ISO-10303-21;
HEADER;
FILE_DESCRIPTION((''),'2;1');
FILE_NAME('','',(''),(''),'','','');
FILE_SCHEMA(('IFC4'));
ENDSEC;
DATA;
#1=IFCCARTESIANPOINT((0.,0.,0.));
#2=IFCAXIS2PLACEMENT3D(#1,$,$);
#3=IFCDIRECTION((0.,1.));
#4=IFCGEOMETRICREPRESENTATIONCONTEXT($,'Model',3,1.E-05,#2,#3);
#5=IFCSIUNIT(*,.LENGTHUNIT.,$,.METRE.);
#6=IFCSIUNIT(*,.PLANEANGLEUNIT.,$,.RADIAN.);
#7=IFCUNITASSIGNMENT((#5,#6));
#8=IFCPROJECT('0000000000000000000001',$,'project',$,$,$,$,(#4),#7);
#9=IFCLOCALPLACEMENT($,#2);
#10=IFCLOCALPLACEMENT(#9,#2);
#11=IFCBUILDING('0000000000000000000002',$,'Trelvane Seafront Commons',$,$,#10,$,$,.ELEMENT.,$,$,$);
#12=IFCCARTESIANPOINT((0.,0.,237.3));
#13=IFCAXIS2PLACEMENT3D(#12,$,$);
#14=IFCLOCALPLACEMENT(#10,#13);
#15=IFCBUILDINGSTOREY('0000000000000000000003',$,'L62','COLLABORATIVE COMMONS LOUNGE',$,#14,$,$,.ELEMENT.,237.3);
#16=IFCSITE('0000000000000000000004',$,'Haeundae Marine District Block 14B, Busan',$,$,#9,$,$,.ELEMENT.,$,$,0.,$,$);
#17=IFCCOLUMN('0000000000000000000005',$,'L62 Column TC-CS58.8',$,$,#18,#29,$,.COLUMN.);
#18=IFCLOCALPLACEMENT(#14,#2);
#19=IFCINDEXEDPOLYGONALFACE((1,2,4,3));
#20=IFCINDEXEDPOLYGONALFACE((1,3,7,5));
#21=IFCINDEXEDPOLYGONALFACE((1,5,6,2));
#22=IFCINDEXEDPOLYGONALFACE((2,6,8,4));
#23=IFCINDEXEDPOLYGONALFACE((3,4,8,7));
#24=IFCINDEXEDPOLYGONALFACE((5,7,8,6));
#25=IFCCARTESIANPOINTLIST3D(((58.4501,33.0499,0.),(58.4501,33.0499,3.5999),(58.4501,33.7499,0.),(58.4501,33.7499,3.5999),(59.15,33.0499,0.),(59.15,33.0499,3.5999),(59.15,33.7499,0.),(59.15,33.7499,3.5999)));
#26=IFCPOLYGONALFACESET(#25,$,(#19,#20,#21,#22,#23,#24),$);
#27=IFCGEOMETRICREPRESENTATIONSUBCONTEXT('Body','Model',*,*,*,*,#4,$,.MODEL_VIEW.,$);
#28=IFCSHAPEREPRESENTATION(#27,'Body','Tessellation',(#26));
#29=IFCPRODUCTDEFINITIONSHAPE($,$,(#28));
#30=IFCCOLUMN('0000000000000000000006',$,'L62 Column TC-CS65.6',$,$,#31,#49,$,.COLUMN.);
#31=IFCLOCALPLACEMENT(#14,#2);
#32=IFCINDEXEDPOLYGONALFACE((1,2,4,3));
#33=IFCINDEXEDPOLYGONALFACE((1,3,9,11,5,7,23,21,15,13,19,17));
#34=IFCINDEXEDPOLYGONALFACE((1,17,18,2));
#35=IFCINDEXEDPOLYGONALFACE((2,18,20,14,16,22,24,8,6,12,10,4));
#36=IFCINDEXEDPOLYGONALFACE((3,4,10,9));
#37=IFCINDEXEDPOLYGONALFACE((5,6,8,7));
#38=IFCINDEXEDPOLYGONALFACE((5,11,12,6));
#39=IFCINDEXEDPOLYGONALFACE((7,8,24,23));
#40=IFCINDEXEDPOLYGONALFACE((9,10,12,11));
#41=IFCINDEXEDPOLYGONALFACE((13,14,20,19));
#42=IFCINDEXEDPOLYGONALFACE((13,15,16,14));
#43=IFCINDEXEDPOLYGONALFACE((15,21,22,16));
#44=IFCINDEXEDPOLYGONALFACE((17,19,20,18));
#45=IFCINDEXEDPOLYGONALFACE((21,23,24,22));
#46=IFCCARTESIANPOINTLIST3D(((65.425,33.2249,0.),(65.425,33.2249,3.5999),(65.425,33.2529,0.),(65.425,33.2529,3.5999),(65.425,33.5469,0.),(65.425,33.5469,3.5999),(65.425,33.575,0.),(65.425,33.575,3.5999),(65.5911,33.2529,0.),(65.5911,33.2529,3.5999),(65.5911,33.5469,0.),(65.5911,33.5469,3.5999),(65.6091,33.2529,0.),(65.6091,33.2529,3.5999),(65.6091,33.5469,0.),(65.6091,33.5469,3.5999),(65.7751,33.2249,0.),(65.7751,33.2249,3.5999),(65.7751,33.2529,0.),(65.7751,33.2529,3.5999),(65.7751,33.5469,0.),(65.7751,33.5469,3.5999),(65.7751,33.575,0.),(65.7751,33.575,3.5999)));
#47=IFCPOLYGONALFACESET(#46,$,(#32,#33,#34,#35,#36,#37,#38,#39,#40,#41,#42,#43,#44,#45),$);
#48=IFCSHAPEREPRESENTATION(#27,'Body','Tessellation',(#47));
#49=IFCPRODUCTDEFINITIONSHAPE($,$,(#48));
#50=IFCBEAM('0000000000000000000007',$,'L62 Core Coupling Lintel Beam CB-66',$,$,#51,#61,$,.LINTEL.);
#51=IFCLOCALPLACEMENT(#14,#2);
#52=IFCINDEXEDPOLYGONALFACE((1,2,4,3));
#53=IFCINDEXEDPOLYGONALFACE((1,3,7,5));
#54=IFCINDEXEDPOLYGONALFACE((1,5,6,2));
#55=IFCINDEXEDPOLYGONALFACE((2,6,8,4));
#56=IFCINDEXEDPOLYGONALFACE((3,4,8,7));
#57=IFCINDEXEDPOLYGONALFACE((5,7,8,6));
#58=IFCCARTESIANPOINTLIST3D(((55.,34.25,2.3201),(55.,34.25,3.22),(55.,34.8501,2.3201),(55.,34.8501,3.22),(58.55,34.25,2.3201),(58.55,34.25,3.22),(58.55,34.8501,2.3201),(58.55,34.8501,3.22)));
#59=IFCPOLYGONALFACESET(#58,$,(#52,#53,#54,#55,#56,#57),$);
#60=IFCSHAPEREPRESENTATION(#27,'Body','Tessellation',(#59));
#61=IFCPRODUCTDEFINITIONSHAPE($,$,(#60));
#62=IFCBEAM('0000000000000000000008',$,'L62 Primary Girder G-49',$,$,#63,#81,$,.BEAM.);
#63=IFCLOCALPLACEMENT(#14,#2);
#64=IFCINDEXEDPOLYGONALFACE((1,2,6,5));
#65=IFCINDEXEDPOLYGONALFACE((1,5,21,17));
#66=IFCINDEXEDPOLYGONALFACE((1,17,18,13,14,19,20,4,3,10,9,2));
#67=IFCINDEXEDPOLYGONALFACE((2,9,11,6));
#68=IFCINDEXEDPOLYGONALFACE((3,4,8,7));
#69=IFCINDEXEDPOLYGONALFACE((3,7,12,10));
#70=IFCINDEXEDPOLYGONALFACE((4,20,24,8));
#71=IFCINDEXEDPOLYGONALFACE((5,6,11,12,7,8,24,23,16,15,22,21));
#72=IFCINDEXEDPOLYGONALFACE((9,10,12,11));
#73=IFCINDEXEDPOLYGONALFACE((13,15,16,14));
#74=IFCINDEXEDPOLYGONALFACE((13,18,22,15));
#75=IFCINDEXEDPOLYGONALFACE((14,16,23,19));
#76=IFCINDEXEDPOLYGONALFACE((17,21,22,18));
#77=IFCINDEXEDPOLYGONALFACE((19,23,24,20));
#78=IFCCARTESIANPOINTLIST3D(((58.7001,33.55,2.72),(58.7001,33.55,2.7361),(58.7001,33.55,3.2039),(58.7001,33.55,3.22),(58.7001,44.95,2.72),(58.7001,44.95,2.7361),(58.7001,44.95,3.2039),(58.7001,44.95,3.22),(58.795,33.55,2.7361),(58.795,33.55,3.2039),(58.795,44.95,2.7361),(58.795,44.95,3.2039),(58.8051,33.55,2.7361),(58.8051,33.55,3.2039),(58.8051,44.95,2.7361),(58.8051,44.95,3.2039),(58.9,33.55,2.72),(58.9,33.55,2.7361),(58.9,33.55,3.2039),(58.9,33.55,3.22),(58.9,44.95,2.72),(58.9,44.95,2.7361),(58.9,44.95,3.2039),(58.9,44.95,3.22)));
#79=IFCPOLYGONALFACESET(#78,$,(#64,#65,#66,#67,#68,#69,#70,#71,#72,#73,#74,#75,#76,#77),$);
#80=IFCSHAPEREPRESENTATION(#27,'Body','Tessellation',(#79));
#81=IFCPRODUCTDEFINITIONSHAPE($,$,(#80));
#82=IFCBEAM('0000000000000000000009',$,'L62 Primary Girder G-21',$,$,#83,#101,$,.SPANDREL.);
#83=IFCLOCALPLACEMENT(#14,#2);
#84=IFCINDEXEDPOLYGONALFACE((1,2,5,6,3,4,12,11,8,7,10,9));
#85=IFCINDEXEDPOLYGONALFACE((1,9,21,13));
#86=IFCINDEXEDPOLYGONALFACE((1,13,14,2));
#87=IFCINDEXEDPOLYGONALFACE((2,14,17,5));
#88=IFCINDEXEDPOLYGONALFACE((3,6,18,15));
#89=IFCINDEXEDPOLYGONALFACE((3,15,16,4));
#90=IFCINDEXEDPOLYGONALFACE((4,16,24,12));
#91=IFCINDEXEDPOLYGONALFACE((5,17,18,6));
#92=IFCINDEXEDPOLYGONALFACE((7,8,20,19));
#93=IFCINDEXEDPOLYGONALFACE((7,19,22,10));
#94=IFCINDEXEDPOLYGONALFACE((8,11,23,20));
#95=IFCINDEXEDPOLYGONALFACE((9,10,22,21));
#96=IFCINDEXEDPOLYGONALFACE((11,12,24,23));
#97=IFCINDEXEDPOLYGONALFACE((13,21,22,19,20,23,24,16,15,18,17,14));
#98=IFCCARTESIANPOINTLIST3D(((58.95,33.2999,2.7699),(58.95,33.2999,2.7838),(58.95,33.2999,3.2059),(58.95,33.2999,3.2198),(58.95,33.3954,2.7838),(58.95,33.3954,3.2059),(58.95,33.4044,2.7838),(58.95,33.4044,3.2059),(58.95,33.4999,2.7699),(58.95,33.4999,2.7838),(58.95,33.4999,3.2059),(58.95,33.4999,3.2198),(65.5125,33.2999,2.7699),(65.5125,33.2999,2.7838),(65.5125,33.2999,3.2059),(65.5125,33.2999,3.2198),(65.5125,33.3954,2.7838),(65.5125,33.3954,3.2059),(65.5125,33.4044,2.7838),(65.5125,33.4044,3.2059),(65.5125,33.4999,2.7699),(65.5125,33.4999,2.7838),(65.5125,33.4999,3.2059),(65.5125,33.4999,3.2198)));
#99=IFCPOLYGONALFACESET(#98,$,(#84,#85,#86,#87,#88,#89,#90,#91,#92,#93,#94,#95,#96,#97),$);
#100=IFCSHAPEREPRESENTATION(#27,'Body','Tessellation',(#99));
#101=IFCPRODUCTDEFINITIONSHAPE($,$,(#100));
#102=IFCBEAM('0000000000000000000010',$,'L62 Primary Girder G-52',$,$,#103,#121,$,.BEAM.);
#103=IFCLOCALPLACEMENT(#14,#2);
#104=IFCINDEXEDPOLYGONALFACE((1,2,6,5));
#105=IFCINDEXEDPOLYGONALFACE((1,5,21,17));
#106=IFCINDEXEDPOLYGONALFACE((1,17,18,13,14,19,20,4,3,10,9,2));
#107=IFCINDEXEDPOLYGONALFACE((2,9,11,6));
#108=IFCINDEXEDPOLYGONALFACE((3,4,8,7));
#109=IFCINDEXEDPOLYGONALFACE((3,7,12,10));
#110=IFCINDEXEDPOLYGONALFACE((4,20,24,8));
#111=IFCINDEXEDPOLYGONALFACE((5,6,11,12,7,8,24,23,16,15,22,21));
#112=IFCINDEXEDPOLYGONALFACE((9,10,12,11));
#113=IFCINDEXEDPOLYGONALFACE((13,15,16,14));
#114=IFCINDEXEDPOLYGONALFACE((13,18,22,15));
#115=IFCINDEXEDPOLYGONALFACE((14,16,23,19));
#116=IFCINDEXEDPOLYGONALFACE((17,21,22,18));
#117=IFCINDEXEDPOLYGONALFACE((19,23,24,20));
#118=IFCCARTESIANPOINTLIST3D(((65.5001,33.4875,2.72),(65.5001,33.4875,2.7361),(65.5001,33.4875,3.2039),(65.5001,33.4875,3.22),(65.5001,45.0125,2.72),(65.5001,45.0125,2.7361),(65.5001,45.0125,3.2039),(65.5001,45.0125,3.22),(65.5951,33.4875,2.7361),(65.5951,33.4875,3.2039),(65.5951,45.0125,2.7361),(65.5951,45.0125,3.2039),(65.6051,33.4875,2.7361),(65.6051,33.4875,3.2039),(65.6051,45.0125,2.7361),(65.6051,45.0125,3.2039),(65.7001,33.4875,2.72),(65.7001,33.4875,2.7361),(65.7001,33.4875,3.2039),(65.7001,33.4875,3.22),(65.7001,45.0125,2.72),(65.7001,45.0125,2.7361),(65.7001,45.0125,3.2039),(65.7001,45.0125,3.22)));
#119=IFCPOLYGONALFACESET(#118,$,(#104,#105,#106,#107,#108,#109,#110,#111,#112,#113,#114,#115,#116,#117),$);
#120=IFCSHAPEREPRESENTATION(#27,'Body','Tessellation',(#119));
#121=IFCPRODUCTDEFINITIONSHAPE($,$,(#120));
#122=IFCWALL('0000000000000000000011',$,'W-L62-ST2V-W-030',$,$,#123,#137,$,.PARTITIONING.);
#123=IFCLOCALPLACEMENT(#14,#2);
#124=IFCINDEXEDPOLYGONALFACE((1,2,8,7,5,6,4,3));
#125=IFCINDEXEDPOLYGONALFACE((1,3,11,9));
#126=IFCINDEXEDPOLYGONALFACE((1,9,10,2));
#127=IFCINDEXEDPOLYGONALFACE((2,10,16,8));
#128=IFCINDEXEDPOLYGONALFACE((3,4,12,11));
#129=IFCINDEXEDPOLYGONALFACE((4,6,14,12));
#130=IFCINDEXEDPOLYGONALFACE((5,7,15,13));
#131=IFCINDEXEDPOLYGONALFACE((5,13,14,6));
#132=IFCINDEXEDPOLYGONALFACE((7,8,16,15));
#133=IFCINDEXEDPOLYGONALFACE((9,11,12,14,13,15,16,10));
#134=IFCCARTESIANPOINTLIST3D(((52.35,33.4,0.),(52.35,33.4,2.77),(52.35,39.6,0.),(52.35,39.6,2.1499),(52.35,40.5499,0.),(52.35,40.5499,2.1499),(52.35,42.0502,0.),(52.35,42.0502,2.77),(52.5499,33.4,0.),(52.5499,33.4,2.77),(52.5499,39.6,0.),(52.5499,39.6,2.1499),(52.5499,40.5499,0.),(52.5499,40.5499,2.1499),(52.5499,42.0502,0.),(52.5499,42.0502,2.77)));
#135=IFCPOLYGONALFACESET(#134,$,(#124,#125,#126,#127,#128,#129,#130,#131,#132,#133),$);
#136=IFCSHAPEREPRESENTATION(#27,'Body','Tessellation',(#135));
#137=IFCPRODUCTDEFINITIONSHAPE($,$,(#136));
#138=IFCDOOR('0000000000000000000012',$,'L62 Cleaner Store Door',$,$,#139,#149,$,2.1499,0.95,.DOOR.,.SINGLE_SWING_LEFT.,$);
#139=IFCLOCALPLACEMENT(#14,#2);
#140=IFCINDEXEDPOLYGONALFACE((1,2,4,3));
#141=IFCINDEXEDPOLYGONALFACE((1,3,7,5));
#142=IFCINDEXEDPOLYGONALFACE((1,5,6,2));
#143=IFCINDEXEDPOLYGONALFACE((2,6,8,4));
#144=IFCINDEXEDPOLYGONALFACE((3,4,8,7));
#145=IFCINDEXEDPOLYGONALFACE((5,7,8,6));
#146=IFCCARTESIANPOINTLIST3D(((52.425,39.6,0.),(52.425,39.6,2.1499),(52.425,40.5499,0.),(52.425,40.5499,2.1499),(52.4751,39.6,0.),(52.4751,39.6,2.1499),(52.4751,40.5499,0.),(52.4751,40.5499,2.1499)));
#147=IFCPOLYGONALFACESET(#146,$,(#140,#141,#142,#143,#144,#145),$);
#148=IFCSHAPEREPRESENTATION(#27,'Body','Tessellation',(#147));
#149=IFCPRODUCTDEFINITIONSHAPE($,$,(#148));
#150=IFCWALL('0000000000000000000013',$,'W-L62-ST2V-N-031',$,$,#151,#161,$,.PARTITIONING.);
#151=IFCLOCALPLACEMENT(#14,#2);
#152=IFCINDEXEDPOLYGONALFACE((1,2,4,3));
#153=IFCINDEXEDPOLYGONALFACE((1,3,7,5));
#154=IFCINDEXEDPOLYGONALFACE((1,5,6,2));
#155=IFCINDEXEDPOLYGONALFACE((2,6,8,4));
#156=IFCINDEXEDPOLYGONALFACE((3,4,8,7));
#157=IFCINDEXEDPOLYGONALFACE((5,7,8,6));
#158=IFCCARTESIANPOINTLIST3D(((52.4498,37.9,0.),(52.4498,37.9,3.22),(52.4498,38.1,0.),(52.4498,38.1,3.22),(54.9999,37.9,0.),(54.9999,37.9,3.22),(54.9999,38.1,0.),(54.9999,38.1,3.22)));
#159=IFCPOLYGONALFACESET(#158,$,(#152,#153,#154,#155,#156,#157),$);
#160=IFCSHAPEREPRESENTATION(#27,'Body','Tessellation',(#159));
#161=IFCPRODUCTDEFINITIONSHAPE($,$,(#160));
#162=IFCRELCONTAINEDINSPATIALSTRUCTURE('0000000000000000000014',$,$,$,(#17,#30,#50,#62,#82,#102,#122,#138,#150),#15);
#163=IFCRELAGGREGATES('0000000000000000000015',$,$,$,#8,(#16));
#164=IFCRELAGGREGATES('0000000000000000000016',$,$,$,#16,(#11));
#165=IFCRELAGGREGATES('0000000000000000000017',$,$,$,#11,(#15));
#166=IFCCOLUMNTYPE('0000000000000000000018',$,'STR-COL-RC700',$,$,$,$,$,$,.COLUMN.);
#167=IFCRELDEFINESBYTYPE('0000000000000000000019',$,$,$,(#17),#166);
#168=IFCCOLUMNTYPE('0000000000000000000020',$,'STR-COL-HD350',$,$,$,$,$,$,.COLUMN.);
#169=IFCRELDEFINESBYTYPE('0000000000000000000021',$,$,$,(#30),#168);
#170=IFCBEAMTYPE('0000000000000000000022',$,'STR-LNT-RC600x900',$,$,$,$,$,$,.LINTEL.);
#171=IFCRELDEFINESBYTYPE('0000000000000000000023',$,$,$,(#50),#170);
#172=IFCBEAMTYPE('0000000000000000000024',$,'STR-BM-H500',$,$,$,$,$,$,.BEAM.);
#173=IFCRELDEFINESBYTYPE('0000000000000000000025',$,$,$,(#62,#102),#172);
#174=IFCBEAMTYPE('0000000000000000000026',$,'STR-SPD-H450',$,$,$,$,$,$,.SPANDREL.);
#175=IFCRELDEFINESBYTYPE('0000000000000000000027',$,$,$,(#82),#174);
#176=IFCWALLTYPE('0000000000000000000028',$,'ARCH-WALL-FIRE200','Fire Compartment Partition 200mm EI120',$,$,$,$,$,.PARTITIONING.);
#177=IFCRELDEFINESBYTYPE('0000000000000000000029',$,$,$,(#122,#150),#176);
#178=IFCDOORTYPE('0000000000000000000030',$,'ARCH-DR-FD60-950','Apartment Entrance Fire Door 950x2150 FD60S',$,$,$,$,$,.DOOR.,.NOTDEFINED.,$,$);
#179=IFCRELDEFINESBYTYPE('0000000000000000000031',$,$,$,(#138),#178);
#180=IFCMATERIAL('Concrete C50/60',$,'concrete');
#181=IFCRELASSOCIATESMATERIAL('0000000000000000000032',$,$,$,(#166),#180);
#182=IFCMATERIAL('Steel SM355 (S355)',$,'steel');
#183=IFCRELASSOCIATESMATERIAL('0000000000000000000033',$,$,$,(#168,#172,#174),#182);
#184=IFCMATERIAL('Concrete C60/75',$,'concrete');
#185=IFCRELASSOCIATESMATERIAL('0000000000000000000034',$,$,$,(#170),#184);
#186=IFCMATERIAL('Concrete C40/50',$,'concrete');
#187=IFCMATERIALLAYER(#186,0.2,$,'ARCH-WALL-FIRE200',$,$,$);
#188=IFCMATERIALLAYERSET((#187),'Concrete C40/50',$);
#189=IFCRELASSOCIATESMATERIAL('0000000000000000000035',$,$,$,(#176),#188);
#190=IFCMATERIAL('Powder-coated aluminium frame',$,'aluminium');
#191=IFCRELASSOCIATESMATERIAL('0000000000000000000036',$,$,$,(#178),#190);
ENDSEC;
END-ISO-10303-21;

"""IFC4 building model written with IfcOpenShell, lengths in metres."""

from ifc_helpers import new_model, si_unit, direction, frame, frame_2d, origin, origin_2d, place, context, subcontext, project, spatial, rectangle, i_section, extrude, source, transform, mapped, material, layer, layer_set, material_profile, profile_set, type_object, element, fill, save


model = new_model("IFC4")

# Units and contexts
model_context = context("Model", 3, precision=1e-05, world=origin(), true_north=direction((0.0, 1.0)))
body_context = subcontext(model_context, "Body", "Model", "MODEL_VIEW")
ifc_project = project(units=[si_unit("LENGTHUNIT", "METRE"), si_unit("PLANEANGLEUNIT", "RADIAN")], contexts=[model_context])

# Site, building, storey
site_placement = place(None, origin())
site = spatial("IfcSite", under=ifc_project, at=site_placement, Name="Haeundae Marine District Block 14B, Busan", CompositionType="ELEMENT", RefElevation=0.0)
building_placement = place(site_placement, origin())
building = spatial("IfcBuilding", under=site, at=building_placement, Name="Trelvane Seafront Commons", CompositionType="ELEMENT")
storey_placement = place(building_placement, frame((0.0, 0.0, 237.3)))
storey = spatial("IfcBuildingStorey", under=building, at=storey_placement, Name="L62", Description="COLLABORATIVE COMMONS LOUNGE", CompositionType="ELEMENT", Elevation=237.3)

# Columns
ifc_material_1 = material(Name="Concrete C50/60", Category="concrete")
ifc_material_profile_1 = material_profile(ifc_material_1, rectangle(XDim=0.7, YDim=0.7, at=origin_2d()), Name="RC-700x700")
ifc_profile_set_1 = profile_set([ifc_material_profile_1], Name="Concrete C50/60")
column_type_1 = type_object("IfcColumnType", Name="STR-COL-RC700", PredefinedType="COLUMN", material=ifc_profile_set_1)
shared_shape_1 = source(origin(), body_context, "Body", "SweptSolid", [
    extrude(rectangle(XDim=0.7, YDim=0.7, at=origin_2d()), origin(), (0.0, 0.0, 1.0), 3.5999),
])
column_1_placement = place(storey_placement, frame((58.8, 33.3999, 0.0), z_axis=(0.0, 0.0, 1.0), x_axis=(1.0, 0.0, 0.0)))
element("IfcColumn", 1, at=column_1_placement, inside=storey, type_object=column_type_1, Name="L62 Column TC-CS58.8", PredefinedType="COLUMN", context=body_context, shape_type="MappedRepresentation", body=[
    mapped(shared_shape_1, transform((0.0, 0.0, 0.0), x_axis=(1.0, 0.0, 0.0), y_axis=(0.0, 1.0, 0.0), z_axis=(0.0, 0.0, 1.0), scale=1.0)),
])
ifc_material_2 = material(Name="Steel SM355 (S355)", Category="steel")
ifc_material_profile_2 = material_profile(ifc_material_2, i_section(OverallWidth=0.3501, OverallDepth=0.3501, WebThickness=0.0181, FlangeThickness=0.0281, at=origin_2d()), Name="HD-350x350x18x28")
ifc_profile_set_2 = profile_set([ifc_material_profile_2], Name="Steel SM355 (S355)")
column_type_2 = type_object("IfcColumnType", Name="STR-COL-HD350", PredefinedType="COLUMN", material=ifc_profile_set_2)
shared_shape_2 = source(origin(), body_context, "Body", "SweptSolid", [
    extrude(i_section(OverallWidth=0.3501, OverallDepth=0.3501, WebThickness=0.0181, FlangeThickness=0.0281, at=origin_2d()), origin(), (0.0, 0.0, 1.0), 3.5999),
])
column_2_placement = place(storey_placement, frame((65.6001, 33.3999, 0.0), z_axis=(0.0, 0.0, 1.0), x_axis=(1.0, 0.0, 0.0)))
element("IfcColumn", 2, at=column_2_placement, inside=storey, type_object=column_type_2, Name="L62 Column TC-CS65.6", PredefinedType="COLUMN", context=body_context, shape_type="MappedRepresentation", body=[
    mapped(shared_shape_2, transform((0.0, 0.0, 0.0), x_axis=(1.0, 0.0, 0.0), y_axis=(0.0, 1.0, 0.0), z_axis=(0.0, 0.0, 1.0), scale=1.0)),
])

# Beams
ifc_material_3 = material(Name="Concrete C60/75", Category="concrete")
ifc_material_profile_3 = material_profile(ifc_material_3, rectangle(XDim=0.6001, YDim=0.8999, at=origin_2d()), Name="RC-600x900")
ifc_profile_set_3 = profile_set([ifc_material_profile_3], Name="Concrete C60/75")
beam_type_1 = type_object("IfcBeamType", Name="STR-LNT-RC600x900", PredefinedType="LINTEL", material=ifc_profile_set_3)
shared_shape_3 = source(origin(), body_context, "Body", "SweptSolid", [
    extrude(rectangle(XDim=0.6001, YDim=0.8999, at=origin_2d()), origin(), (0.0, 0.0, 1.0), 3.55),
])
beam_1_placement = place(storey_placement, frame((55.0, 34.55, 2.77), z_axis=(1.0, 0.0, 0.0), x_axis=(0.0, 1.0, 0.0)))
element("IfcBeam", 3, at=beam_1_placement, inside=storey, type_object=beam_type_1, Name="L62 Core Coupling Lintel Beam CB-66", PredefinedType="LINTEL", context=body_context, shape_type="MappedRepresentation", body=[
    mapped(shared_shape_3, transform((0.0, 0.0, 0.0), x_axis=(1.0, 0.0, 0.0), y_axis=(0.0, 1.0, 0.0), z_axis=(0.0, 0.0, 1.0), scale=1.0)),
])
ifc_material_profile_4 = material_profile(ifc_material_2, i_section(OverallWidth=0.2, OverallDepth=0.5, WebThickness=0.01, FlangeThickness=0.0161, at=origin_2d()), Name="H-500x200x10x16")
ifc_profile_set_4 = profile_set([ifc_material_profile_4], Name="Steel SM355 (S355)")
beam_type_2 = type_object("IfcBeamType", Name="STR-BM-H500", PredefinedType="BEAM", material=ifc_profile_set_4)
shared_shape_4 = source(origin(), body_context, "Body", "SweptSolid", [
    extrude(i_section(OverallWidth=0.2, OverallDepth=0.5, WebThickness=0.01, FlangeThickness=0.0161, at=origin_2d()), origin(), (0.0, 0.0, 1.0), 11.3999),
])
beam_2_placement = place(storey_placement, frame((58.8, 33.55, 2.97), z_axis=(0.0, 1.0, 0.0), x_axis=(-1.0, 0.0, 0.0)))
element("IfcBeam", 4, at=beam_2_placement, inside=storey, type_object=beam_type_2, Name="L62 Primary Girder G-49", PredefinedType="BEAM", context=body_context, shape_type="MappedRepresentation", body=[
    mapped(shared_shape_4, transform((0.0, 0.0, 0.0), x_axis=(1.0, 0.0, 0.0), y_axis=(0.0, 1.0, 0.0), z_axis=(0.0, 0.0, 1.0), scale=1.0)),
])
ifc_material_profile_5 = material_profile(ifc_material_2, i_section(OverallWidth=0.2, OverallDepth=0.45, WebThickness=0.009, FlangeThickness=0.0139, at=origin_2d()), Name="H-450x200x9x14")
ifc_profile_set_5 = profile_set([ifc_material_profile_5], Name="Steel SM355 (S355)")
beam_type_3 = type_object("IfcBeamType", Name="STR-SPD-H450", PredefinedType="SPANDREL", material=ifc_profile_set_5)
shared_shape_5 = source(origin(), body_context, "Body", "SweptSolid", [
    extrude(i_section(OverallWidth=0.2, OverallDepth=0.45, WebThickness=0.009, FlangeThickness=0.0139, at=origin_2d()), origin(), (0.0, 0.0, 1.0), 6.5625),
])
beam_3_placement = place(storey_placement, frame((58.95, 33.3999, 2.9949), z_axis=(1.0, 0.0, 0.0), x_axis=(0.0, 1.0, 0.0)))
element("IfcBeam", 5, at=beam_3_placement, inside=storey, type_object=beam_type_3, Name="L62 Primary Girder G-21", PredefinedType="SPANDREL", context=body_context, shape_type="MappedRepresentation", body=[
    mapped(shared_shape_5, transform((0.0, 0.0, 0.0), x_axis=(1.0, 0.0, 0.0), y_axis=(0.0, 1.0, 0.0), z_axis=(0.0, 0.0, 1.0), scale=1.0)),
])
shared_shape_6 = source(origin(), body_context, "Body", "SweptSolid", [
    extrude(i_section(OverallWidth=0.2, OverallDepth=0.5, WebThickness=0.01, FlangeThickness=0.0161, at=origin_2d()), origin(), (0.0, 0.0, 1.0), 11.5249),
])
beam_4_placement = place(storey_placement, frame((65.6001, 33.4875, 2.97), z_axis=(0.0, 1.0, 0.0), x_axis=(-1.0, 0.0, 0.0)))
element("IfcBeam", 6, at=beam_4_placement, inside=storey, type_object=beam_type_2, Name="L62 Primary Girder G-52", PredefinedType="BEAM", context=body_context, shape_type="MappedRepresentation", body=[
    mapped(shared_shape_6, transform((0.0, 0.0, 0.0), x_axis=(1.0, 0.0, 0.0), y_axis=(0.0, 1.0, 0.0), z_axis=(0.0, 0.0, 1.0), scale=1.0)),
])

# Wall, opening, door
ifc_material_4 = material(Name="Concrete C40/50", Category="concrete")
ifc_layer_1 = layer(ifc_material_4, 0.2, Name="ARCH-WALL-FIRE200")
ifc_layer_set_1 = layer_set([ifc_layer_1], Name="Concrete C40/50")
wall_type_1 = type_object("IfcWallType", Name="ARCH-WALL-FIRE200", Description="Fire Compartment Partition 200mm EI120", PredefinedType="PARTITIONING", material=ifc_layer_set_1)
wall_1_placement = place(storey_placement, frame((52.45, 33.3999, 0.0), z_axis=(0.0, 0.0, 1.0), x_axis=(0.0, 1.0, 0.0)))
wall_1 = element("IfcWall", 7, at=wall_1_placement, inside=storey, type_object=wall_type_1, Name="W-L62-ST2V-W-030", PredefinedType="PARTITIONING", context=body_context, shape_type="SweptSolid", body=[
    extrude(rectangle(XDim=8.6501, YDim=0.2, at=frame_2d((4.3252, 0.0))), origin(), (0.0, 0.0, 1.0), 2.77),
])
opening_1_placement = place(wall_1_placement, frame((6.2, 0.0, 0.0)))
opening_1 = element("IfcOpeningElement", 8, at=opening_1_placement, cuts=wall_1, PredefinedType="OPENING", context=body_context, shape_type="SweptSolid", body=[
    extrude(rectangle(XDim=0.95, YDim=2.1499, at=frame_2d((0.4751, 1.075))), frame((0.0, 0.1099, 0.0), z_axis=(0.0, -1.0, 0.0), x_axis=(1.0, 0.0, 0.0)), (0.0, 0.0, 1.0), 0.22),
])
ifc_material_5 = material(Name="Powder-coated aluminium frame", Category="aluminium")
door_type_1 = type_object("IfcDoorType", Name="ARCH-DR-FD60-950", Description="Apartment Entrance Fire Door 950x2150 FD60S", OperationType="NOTDEFINED", PredefinedType="DOOR", material=ifc_material_5)
shared_shape_7 = source(origin(), body_context, "Body", "SweptSolid", [
    extrude(rectangle(XDim=0.95, YDim=2.1499, at=frame_2d((0.4751, 1.075))), frame((0.0, 0.0249, 0.0), z_axis=(0.0, -1.0, 0.0), x_axis=(1.0, 0.0, 0.0)), (0.0, 0.0, 1.0), 0.05),
])
door_1_placement = place(opening_1_placement, origin())
door_1 = element("IfcDoor", 9, at=door_1_placement, inside=storey, type_object=door_type_1, Name="L62 Cleaner Store Door", OperationType="SINGLE_SWING_LEFT", OverallHeight=2.1499, OverallWidth=0.95, PredefinedType="DOOR", context=body_context, shape_type="MappedRepresentation", body=[
    mapped(shared_shape_7, transform((0.0, 0.0, 0.0), x_axis=(1.0, 0.0, 0.0), y_axis=(0.0, 1.0, 0.0), z_axis=(0.0, 0.0, 1.0), scale=1.0)),
])
fill(opening_1, door_1)

# Wall
wall_2_placement = place(storey_placement, frame((52.45, 38.0, 0.0), z_axis=(0.0, 0.0, 1.0), x_axis=(1.0, 0.0, 0.0)))
element("IfcWall", 10, at=wall_2_placement, inside=storey, type_object=wall_type_1, Name="W-L62-ST2V-N-031", PredefinedType="PARTITIONING", context=body_context, shape_type="SweptSolid", body=[
    extrude(rectangle(XDim=2.55, YDim=0.2, at=frame_2d((1.2749, 0.0))), origin(), (0.0, 0.0, 1.0), 3.22),
])

save(model, "model.ifc")
